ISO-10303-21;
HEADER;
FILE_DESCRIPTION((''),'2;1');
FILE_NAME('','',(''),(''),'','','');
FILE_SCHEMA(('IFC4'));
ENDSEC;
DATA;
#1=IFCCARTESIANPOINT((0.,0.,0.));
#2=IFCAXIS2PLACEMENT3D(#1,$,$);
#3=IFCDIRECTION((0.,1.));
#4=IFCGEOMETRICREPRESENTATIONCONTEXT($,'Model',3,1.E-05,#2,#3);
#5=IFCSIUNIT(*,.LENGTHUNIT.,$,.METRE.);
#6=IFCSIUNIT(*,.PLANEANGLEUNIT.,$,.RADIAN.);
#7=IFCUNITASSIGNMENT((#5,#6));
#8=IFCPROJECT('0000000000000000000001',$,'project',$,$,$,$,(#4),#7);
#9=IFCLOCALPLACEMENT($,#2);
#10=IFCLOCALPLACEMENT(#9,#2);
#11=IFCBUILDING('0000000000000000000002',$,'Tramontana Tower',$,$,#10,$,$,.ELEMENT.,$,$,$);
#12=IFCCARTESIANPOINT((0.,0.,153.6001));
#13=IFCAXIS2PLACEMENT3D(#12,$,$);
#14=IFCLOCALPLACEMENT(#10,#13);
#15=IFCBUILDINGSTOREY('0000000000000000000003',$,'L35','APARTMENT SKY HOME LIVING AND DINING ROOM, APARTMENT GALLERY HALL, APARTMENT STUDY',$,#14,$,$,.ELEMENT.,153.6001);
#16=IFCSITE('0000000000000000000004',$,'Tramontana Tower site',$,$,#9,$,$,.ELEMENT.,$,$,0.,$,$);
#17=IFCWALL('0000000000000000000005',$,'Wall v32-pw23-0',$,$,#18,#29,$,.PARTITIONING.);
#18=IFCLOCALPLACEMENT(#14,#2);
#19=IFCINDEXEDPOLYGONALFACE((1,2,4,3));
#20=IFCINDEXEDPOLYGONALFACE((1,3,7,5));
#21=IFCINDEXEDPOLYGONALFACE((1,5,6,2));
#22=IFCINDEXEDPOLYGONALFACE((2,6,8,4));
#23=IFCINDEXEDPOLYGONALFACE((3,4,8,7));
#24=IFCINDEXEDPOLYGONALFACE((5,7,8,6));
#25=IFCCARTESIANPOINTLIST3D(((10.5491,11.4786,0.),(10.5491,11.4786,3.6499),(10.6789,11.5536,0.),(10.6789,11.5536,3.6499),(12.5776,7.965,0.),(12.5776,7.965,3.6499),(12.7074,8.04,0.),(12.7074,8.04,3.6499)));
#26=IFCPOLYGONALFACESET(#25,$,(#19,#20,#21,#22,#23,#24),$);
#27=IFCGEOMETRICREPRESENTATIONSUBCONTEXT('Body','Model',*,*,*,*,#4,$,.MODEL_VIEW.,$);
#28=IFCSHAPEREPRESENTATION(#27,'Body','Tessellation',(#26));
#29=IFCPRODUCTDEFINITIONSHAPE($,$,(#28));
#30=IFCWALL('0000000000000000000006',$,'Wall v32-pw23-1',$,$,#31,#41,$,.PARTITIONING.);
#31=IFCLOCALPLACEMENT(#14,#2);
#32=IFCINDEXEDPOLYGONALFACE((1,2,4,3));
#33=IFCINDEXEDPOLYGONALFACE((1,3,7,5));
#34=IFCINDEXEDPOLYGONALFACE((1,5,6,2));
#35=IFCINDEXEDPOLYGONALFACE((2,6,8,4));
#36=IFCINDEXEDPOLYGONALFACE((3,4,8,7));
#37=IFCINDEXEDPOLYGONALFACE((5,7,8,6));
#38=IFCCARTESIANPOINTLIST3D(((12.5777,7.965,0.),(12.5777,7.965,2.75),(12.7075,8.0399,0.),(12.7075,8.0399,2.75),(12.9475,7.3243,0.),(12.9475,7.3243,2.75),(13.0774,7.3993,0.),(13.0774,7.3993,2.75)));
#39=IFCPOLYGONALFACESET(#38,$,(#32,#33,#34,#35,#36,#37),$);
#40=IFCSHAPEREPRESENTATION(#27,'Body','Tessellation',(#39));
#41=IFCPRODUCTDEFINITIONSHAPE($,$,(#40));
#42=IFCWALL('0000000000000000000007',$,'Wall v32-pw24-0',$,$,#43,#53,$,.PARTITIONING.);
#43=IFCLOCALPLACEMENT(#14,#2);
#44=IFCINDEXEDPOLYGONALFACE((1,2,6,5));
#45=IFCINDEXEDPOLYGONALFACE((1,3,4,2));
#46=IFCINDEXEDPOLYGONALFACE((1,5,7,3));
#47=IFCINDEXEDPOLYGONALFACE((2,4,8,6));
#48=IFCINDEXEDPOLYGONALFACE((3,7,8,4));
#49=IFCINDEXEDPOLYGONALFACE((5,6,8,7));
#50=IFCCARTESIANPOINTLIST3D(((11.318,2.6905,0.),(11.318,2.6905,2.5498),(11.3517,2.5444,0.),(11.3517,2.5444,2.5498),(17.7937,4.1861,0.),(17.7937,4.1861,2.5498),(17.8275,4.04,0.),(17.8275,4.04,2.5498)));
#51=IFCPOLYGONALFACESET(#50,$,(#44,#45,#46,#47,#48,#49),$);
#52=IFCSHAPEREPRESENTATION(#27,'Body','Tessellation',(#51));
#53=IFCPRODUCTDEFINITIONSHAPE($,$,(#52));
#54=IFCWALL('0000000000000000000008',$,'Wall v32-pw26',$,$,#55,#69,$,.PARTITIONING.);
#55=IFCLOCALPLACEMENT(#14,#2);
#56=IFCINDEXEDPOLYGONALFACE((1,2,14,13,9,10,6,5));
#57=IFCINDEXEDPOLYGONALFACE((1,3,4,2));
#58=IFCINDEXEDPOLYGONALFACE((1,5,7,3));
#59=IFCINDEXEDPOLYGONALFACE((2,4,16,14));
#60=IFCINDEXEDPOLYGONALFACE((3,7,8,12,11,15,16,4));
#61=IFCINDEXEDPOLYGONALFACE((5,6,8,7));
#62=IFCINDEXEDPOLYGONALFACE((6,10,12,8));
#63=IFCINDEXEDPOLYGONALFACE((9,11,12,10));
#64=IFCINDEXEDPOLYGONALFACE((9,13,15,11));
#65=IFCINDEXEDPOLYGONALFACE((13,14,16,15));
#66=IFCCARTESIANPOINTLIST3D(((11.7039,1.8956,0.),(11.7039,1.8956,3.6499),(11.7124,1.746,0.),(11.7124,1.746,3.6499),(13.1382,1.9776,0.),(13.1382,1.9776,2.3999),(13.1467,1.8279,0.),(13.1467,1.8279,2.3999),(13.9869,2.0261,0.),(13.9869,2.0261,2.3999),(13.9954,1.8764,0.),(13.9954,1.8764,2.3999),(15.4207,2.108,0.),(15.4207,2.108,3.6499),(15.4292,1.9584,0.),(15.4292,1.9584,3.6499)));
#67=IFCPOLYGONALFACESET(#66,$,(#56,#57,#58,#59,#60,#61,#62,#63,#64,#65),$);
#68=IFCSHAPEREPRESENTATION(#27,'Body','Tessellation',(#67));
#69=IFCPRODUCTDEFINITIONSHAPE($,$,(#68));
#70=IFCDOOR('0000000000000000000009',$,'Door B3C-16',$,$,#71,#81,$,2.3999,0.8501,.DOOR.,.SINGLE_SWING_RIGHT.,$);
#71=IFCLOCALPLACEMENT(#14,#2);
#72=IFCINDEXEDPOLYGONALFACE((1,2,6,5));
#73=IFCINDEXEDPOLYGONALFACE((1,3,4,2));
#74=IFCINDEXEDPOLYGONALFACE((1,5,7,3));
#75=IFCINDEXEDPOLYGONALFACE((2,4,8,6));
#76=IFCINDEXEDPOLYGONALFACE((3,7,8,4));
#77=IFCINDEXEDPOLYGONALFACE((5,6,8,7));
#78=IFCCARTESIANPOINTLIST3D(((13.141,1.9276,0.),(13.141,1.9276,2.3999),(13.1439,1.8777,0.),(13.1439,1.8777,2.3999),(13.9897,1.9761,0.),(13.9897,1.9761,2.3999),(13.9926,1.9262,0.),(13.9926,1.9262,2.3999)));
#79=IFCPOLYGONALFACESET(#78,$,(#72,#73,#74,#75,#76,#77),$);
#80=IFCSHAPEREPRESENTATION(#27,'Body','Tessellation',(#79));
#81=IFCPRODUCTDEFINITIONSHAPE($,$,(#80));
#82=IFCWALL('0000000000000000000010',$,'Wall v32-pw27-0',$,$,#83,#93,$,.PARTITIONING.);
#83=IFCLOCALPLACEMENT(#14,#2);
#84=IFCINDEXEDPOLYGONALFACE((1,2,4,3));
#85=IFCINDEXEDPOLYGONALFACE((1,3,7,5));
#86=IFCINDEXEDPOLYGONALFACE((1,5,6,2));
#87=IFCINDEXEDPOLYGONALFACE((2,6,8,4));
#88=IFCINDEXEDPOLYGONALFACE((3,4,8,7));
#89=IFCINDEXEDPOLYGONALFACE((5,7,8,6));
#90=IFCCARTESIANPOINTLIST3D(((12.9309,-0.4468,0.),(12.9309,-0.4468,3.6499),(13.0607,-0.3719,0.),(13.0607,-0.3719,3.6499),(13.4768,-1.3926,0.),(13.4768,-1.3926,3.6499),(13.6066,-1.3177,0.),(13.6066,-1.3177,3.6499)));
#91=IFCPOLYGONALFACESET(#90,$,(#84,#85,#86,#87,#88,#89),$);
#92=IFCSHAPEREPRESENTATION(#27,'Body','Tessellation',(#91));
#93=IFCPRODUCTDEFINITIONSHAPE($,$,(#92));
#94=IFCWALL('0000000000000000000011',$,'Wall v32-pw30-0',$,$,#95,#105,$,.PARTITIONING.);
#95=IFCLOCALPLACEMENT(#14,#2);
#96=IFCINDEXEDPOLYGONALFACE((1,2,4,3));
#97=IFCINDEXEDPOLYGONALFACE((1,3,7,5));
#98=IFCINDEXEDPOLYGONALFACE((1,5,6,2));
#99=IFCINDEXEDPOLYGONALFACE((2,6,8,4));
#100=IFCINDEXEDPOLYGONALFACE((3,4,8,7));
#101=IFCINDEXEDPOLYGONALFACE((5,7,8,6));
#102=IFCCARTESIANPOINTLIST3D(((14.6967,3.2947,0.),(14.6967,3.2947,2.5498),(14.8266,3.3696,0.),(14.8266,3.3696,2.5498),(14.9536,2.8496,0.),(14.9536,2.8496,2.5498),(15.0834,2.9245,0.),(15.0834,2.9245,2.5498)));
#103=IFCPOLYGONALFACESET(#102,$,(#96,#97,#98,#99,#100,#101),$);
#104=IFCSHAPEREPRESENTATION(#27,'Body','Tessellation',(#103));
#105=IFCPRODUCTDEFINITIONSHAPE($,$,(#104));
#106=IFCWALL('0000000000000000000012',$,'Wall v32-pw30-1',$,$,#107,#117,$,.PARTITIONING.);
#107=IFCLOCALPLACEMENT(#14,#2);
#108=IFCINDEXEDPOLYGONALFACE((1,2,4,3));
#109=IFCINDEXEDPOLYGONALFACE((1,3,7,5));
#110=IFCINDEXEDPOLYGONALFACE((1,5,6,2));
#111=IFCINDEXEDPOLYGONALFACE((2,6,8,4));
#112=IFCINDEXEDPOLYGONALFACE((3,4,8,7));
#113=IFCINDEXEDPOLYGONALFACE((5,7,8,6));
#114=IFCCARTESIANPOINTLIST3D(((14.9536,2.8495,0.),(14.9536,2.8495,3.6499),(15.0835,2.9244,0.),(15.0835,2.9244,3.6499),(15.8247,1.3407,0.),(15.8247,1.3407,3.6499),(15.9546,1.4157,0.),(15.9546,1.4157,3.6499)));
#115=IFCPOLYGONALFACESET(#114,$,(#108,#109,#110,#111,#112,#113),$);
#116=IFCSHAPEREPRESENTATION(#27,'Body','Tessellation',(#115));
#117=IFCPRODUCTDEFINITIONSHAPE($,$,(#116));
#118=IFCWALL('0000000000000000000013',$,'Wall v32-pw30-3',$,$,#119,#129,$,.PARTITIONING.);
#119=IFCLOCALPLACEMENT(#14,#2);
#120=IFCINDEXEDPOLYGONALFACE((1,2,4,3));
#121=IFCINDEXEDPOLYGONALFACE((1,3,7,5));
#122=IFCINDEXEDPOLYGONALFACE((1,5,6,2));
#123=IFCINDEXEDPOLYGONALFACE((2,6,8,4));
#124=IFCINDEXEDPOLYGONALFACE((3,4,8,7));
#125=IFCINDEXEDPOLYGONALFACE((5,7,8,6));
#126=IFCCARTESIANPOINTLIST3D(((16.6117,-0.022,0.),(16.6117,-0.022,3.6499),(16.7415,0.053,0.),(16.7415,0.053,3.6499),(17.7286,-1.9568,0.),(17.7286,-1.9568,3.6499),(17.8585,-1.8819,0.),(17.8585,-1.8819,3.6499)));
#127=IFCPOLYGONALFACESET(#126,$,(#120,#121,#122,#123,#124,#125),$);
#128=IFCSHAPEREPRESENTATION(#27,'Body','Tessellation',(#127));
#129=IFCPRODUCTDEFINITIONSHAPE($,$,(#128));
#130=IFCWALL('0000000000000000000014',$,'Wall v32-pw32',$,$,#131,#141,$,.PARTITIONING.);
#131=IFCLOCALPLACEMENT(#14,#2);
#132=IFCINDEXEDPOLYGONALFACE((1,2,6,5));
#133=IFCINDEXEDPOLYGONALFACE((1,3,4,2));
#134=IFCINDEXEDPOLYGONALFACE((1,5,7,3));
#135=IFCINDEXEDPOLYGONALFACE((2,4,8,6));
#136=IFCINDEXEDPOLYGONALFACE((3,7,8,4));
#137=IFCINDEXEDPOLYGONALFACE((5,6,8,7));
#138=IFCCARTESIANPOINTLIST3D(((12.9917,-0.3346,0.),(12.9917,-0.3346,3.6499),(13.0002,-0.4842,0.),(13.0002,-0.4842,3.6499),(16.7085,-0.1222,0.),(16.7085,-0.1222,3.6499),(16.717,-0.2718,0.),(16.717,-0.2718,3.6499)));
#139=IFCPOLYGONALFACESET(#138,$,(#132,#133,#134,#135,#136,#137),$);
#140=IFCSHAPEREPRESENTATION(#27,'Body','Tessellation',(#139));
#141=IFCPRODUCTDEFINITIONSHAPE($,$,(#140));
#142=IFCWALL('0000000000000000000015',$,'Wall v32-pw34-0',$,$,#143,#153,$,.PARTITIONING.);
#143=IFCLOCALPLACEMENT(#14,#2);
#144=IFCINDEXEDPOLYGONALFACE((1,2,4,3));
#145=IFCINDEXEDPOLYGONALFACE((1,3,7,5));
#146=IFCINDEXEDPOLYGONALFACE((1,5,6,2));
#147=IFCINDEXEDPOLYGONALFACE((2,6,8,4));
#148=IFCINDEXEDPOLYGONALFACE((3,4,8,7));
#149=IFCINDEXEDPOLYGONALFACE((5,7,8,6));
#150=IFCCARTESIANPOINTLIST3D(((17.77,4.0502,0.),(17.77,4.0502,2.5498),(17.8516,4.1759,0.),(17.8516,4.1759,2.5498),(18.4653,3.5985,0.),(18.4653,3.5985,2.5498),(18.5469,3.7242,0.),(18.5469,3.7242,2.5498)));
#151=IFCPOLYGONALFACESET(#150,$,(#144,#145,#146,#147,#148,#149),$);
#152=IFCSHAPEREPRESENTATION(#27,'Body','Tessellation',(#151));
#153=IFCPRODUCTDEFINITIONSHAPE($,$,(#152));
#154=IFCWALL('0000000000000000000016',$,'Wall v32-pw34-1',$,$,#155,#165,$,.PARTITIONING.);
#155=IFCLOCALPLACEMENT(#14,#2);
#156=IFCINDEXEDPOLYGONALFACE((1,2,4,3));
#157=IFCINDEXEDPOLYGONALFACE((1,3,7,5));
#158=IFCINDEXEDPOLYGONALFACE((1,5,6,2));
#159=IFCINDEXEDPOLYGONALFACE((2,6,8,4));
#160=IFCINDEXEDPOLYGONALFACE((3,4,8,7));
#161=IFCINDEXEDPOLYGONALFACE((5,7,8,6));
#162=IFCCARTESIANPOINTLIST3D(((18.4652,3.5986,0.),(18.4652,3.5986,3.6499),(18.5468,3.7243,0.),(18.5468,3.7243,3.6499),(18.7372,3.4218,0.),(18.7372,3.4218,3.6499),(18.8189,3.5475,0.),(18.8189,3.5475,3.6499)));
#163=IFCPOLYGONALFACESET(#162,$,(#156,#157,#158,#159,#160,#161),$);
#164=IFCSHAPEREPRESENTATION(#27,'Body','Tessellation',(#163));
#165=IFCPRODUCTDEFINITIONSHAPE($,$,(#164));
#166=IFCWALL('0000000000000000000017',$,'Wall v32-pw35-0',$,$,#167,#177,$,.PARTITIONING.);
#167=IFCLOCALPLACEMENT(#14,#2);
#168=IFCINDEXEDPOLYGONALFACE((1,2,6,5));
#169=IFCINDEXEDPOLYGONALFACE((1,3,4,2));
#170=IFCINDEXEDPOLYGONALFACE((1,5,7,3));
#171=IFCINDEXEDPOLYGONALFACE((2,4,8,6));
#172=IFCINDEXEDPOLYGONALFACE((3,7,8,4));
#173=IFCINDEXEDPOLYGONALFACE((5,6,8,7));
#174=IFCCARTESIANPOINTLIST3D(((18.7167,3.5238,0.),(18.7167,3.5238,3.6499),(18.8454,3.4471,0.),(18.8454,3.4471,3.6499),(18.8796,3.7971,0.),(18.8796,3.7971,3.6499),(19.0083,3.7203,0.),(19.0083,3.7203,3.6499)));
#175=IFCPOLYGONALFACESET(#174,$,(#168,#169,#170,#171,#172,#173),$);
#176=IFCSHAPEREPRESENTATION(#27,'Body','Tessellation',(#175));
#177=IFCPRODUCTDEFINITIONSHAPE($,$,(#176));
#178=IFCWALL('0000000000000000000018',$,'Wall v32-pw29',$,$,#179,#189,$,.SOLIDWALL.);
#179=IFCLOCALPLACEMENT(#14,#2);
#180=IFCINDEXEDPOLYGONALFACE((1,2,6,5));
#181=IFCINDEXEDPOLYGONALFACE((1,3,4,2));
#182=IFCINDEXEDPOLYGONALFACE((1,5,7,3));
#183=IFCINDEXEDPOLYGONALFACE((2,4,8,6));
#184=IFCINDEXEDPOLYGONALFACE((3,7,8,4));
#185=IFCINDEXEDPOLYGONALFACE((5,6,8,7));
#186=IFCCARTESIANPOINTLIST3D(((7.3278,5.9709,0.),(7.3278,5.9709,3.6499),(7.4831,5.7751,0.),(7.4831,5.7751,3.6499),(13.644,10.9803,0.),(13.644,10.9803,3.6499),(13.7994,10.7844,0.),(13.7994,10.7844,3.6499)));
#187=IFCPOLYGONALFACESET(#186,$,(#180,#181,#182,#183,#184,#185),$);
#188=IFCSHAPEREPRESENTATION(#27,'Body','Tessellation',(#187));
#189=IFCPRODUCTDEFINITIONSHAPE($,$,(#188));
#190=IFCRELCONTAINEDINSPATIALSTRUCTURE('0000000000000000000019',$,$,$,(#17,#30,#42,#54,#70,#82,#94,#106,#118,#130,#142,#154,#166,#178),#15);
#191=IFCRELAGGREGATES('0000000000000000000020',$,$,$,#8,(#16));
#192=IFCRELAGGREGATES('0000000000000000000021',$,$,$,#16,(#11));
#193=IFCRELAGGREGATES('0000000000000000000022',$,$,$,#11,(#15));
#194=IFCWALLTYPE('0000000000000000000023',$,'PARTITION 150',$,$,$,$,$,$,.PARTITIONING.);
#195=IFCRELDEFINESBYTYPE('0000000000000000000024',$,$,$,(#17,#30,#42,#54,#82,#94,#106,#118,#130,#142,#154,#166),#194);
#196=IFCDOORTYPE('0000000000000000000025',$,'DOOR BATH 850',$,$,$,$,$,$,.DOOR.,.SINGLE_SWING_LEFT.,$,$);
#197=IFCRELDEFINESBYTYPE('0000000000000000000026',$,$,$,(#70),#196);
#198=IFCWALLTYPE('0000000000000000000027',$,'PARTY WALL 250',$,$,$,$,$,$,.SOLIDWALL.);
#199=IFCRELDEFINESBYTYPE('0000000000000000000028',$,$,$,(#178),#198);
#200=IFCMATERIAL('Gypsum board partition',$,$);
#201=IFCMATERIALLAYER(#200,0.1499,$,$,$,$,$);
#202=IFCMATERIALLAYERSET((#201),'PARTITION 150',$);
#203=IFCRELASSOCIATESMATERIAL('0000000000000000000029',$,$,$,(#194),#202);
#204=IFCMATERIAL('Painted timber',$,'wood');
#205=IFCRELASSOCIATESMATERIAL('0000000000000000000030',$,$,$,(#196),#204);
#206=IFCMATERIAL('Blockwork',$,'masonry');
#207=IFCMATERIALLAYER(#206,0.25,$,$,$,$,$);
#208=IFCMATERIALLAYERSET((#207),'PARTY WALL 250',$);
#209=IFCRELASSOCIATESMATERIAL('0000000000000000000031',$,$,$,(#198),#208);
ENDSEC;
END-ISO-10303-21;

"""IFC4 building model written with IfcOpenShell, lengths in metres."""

from ifc_helpers import new_model, si_unit, direction, frame, frame_2d, origin, place, context, subcontext, project, spatial, rectangle, extrude, material, layer, layer_set, type_object, element, fill, save


model = new_model("IFC4")

# Units and contexts
model_context = context("Model", 3, precision=1e-05, world=origin(), true_north=direction((0.0, 1.0)))
body_context = subcontext(model_context, "Body", "Model", "MODEL_VIEW")
ifc_project = project(units=[si_unit("LENGTHUNIT", "METRE"), si_unit("PLANEANGLEUNIT", "RADIAN")], contexts=[model_context])

# Site, building, storey
site_placement = place(None, origin())
site = spatial("IfcSite", under=ifc_project, at=site_placement, Name="Tramontana Tower site", CompositionType="ELEMENT", RefElevation=0.0)
building_placement = place(site_placement, origin())
building = spatial("IfcBuilding", under=site, at=building_placement, Name="Tramontana Tower", CompositionType="ELEMENT")
storey_placement = place(building_placement, frame((0.0, 0.0, 153.6001)))
storey = spatial("IfcBuildingStorey", under=building, at=storey_placement, Name="L35", Description="APARTMENT SKY HOME LIVING AND DINING ROOM, APARTMENT GALLERY HALL, APARTMENT STUDY", CompositionType="ELEMENT", Elevation=153.6001)

# Walls
ifc_material_1 = material(Name="Gypsum board partition")
ifc_layer_1 = layer(ifc_material_1, 0.1499)
ifc_layer_set_1 = layer_set([ifc_layer_1], Name="PARTITION 150")
wall_type_1 = type_object("IfcWallType", Name="PARTITION 150", PredefinedType="PARTITIONING", material=ifc_layer_set_1)
wall_1_placement = place(storey_placement, frame((10.614, 11.5161, 0.0), z_axis=(0.0, 0.0, 1.0), x_axis=(0.49999, -0.866031, 0.0)))
element("IfcWall", 1, at=wall_1_placement, inside=storey, type_object=wall_type_1, Name="Wall v32-pw23-0", PredefinedType="PARTITIONING", context=body_context, shape_type="SweptSolid", body=[
    extrude(rectangle(XDim=4.0571, YDim=0.1499, at=frame_2d((2.0286, 0.0))), origin(), (0.0, 0.0, 1.0), 3.6499),
])
wall_2_placement = place(storey_placement, frame((12.6426, 8.0024, 0.0), z_axis=(0.0, 0.0, 1.0), x_axis=(0.500008, -0.866021, 0.0)))
element("IfcWall", 2, at=wall_2_placement, inside=storey, type_object=wall_type_1, Name="Wall v32-pw23-1", PredefinedType="PARTITIONING", context=body_context, shape_type="SweptSolid", body=[
    extrude(rectangle(XDim=0.7397, YDim=0.1499, at=frame_2d((0.3699, 0.0))), origin(), (0.0, 0.0, 1.0), 2.75),
])
wall_3_placement = place(storey_placement, frame((11.3347, 2.6174, 0.0), z_axis=(0.0, 0.0, 1.0), x_axis=(0.974352, 0.225029, 0.0)))
element("IfcWall", 3, at=wall_3_placement, inside=storey, type_object=wall_type_1, Name="Wall v32-pw24-0", PredefinedType="PARTITIONING", context=body_context, shape_type="SweptSolid", body=[
    extrude(rectangle(XDim=6.6462, YDim=0.1499, at=frame_2d((3.3232, 0.0))), origin(), (0.0, 0.0, 1.0), 2.5498),
])

# Wall, opening, door
wall_4_placement = place(storey_placement, frame((11.7083, 1.8208, 0.0), z_axis=(0.0, 0.0, 1.0), x_axis=(0.998371, 0.057054, 0.0)))
wall_4 = element("IfcWall", 4, at=wall_4_placement, inside=storey, type_object=wall_type_1, Name="Wall v32-pw26", PredefinedType="PARTITIONING", context=body_context, shape_type="SweptSolid", body=[
    extrude(rectangle(XDim=3.7229, YDim=0.1499, at=frame_2d((1.8613, 0.0))), origin(), (0.0, 0.0, 1.0), 3.6499),
])
opening_1_placement = place(wall_4_placement, frame((1.4365, 0.0, 0.0)))
opening_1 = element("IfcOpeningElement", 5, at=opening_1_placement, cuts=wall_4, PredefinedType="OPENING", context=body_context, shape_type="SweptSolid", body=[
    extrude(rectangle(XDim=0.8501, YDim=2.3999, at=frame_2d((0.425, 1.2))), frame((0.0, 0.085, 0.0), z_axis=(0.0, -1.0, 0.0), x_axis=(1.0, 0.0, 0.0)), (0.0, 0.0, 1.0), 0.1699),
])
ifc_material_2 = material(Name="Painted timber", Category="wood")
door_type_1 = type_object("IfcDoorType", Name="DOOR BATH 850", OperationType="SINGLE_SWING_LEFT", PredefinedType="DOOR", material=ifc_material_2)
door_1_placement = place(opening_1_placement, origin())
door_1 = element("IfcDoor", 6, at=door_1_placement, inside=storey, type_object=door_type_1, Name="Door B3C-16", OperationType="SINGLE_SWING_RIGHT", OverallHeight=2.3999, OverallWidth=0.8501, PredefinedType="DOOR", context=body_context, shape_type="SweptSolid", body=[
    extrude(rectangle(XDim=0.8501, YDim=2.3999, at=frame_2d((0.425, 1.2))), frame((0.0, 0.0249, 0.0), z_axis=(0.0, -1.0, 0.0), x_axis=(1.0, 0.0, 0.0)), (0.0, 0.0, 1.0), 0.05),
])
fill(opening_1, door_1)

# Walls
wall_5_placement = place(storey_placement, frame((12.9958, -0.4094, 0.0), z_axis=(0.0, 0.0, 1.0), x_axis=(0.49989, -0.866089, 0.0)))
element("IfcWall", 7, at=wall_5_placement, inside=storey, type_object=wall_type_1, Name="Wall v32-pw27-0", PredefinedType="PARTITIONING", context=body_context, shape_type="SweptSolid", body=[
    extrude(rectangle(XDim=1.092, YDim=0.1499, at=frame_2d((0.5459, 0.0))), origin(), (0.0, 0.0, 1.0), 3.6499),
])
wall_6_placement = place(storey_placement, frame((14.7617, 3.332, 0.0), z_axis=(0.0, 0.0, 1.0), x_axis=(0.499818, -0.86613, 0.0)))
element("IfcWall", 8, at=wall_6_placement, inside=storey, type_object=wall_type_1, Name="Wall v32-pw30-0", PredefinedType="PARTITIONING", context=body_context, shape_type="SweptSolid", body=[
    extrude(rectangle(XDim=0.5139, YDim=0.1499, at=frame_2d((0.2568, 0.0))), origin(), (0.0, 0.0, 1.0), 2.5498),
])
wall_7_placement = place(storey_placement, frame((15.0186, 2.887, 0.0), z_axis=(0.0, 0.0, 1.0), x_axis=(0.499997, -0.866027, 0.0)))
element("IfcWall", 9, at=wall_7_placement, inside=storey, type_object=wall_type_1, Name="Wall v32-pw30-1", PredefinedType="PARTITIONING", context=body_context, shape_type="SweptSolid", body=[
    extrude(rectangle(XDim=1.7422, YDim=0.1499, at=frame_2d((0.8711, 0.0))), origin(), (0.0, 0.0, 1.0), 3.6499),
])

# Walls
wall_8_placement = place(storey_placement, frame((16.6765, 0.0156, 0.0), z_axis=(0.0, 0.0, 1.0), x_axis=(0.499959, -0.866049, 0.0)))
element("IfcWall", 10, at=wall_8_placement, inside=storey, type_object=wall_type_1, Name="Wall v32-pw30-3", PredefinedType="PARTITIONING", context=body_context, shape_type="SweptSolid", body=[
    extrude(rectangle(XDim=2.2341, YDim=0.1499, at=frame_2d((1.1172, 0.0))), origin(), (0.0, 0.0, 1.0), 3.6499),
])
wall_9_placement = place(storey_placement, frame((16.7126, -0.197, 0.0), z_axis=(0.0, 0.0, 1.0), x_axis=(-0.998371, -0.057054, 0.0)))
element("IfcWall", 11, at=wall_9_placement, inside=storey, type_object=wall_type_1, Name="Wall v32-pw32", PredefinedType="PARTITIONING", context=body_context, shape_type="SweptSolid", body=[
    extrude(rectangle(XDim=3.7229, YDim=0.1499, at=frame_2d((1.8613, 0.0))), origin(), (0.0, 0.0, 1.0), 3.6499),
])
wall_10_placement = place(storey_placement, frame((17.8108, 4.113, 0.0), z_axis=(0.0, 0.0, 1.0), x_axis=(0.838605, -0.54474, 0.0)))
element("IfcWall", 12, at=wall_10_placement, inside=storey, type_object=wall_type_1, Name="Wall v32-pw34-0", PredefinedType="PARTITIONING", context=body_context, shape_type="SweptSolid", body=[
    extrude(rectangle(XDim=0.8291, YDim=0.1499, at=frame_2d((0.4146, 0.0))), origin(), (0.0, 0.0, 1.0), 2.5498),
])
wall_11_placement = place(storey_placement, frame((18.5061, 3.6614, 0.0), z_axis=(0.0, 0.0, 1.0), x_axis=(0.838478, -0.544935, 0.0)))
element("IfcWall", 13, at=wall_11_placement, inside=storey, type_object=wall_type_1, Name="Wall v32-pw34-1", PredefinedType="PARTITIONING", context=body_context, shape_type="SweptSolid", body=[
    extrude(rectangle(XDim=0.3245, YDim=0.1499, at=frame_2d((0.1621, 0.0))), origin(), (0.0, 0.0, 1.0), 3.6499),
])
wall_12_placement = place(storey_placement, frame((18.781, 3.4854, 0.0), z_axis=(0.0, 0.0, 1.0), x_axis=(0.51201, 0.858979, 0.0)))
element("IfcWall", 14, at=wall_12_placement, inside=storey, type_object=wall_type_1, Name="Wall v32-pw35-0", PredefinedType="PARTITIONING", context=body_context, shape_type="SweptSolid", body=[
    extrude(rectangle(XDim=0.3181, YDim=0.1499, at=frame_2d((0.1592, 0.0))), origin(), (0.0, 0.0, 1.0), 3.6499),
])
ifc_material_3 = material(Name="Blockwork", Category="masonry")
ifc_layer_2 = layer(ifc_material_3, 0.25)
ifc_layer_set_2 = layer_set([ifc_layer_2], Name="PARTY WALL 250")
wall_type_2 = type_object("IfcWallType", Name="PARTY WALL 250", PredefinedType="SOLIDWALL", material=ifc_layer_set_2)
wall_13_placement = place(storey_placement, frame((13.7217, 10.8823, 0.0), z_axis=(0.0, 0.0, 1.0), x_axis=(-0.783503, -0.621388, 0.0)))
element("IfcWall", 15, at=wall_13_placement, inside=storey, type_object=wall_type_2, Name="Wall v32-pw29", PredefinedType="SOLIDWALL", context=body_context, shape_type="SweptSolid", body=[
    extrude(rectangle(XDim=8.0615, YDim=0.25, at=frame_2d((4.0308, 0.0))), origin(), (0.0, 0.0, 1.0), 3.6499),
])

save(model, "model.ifc")
